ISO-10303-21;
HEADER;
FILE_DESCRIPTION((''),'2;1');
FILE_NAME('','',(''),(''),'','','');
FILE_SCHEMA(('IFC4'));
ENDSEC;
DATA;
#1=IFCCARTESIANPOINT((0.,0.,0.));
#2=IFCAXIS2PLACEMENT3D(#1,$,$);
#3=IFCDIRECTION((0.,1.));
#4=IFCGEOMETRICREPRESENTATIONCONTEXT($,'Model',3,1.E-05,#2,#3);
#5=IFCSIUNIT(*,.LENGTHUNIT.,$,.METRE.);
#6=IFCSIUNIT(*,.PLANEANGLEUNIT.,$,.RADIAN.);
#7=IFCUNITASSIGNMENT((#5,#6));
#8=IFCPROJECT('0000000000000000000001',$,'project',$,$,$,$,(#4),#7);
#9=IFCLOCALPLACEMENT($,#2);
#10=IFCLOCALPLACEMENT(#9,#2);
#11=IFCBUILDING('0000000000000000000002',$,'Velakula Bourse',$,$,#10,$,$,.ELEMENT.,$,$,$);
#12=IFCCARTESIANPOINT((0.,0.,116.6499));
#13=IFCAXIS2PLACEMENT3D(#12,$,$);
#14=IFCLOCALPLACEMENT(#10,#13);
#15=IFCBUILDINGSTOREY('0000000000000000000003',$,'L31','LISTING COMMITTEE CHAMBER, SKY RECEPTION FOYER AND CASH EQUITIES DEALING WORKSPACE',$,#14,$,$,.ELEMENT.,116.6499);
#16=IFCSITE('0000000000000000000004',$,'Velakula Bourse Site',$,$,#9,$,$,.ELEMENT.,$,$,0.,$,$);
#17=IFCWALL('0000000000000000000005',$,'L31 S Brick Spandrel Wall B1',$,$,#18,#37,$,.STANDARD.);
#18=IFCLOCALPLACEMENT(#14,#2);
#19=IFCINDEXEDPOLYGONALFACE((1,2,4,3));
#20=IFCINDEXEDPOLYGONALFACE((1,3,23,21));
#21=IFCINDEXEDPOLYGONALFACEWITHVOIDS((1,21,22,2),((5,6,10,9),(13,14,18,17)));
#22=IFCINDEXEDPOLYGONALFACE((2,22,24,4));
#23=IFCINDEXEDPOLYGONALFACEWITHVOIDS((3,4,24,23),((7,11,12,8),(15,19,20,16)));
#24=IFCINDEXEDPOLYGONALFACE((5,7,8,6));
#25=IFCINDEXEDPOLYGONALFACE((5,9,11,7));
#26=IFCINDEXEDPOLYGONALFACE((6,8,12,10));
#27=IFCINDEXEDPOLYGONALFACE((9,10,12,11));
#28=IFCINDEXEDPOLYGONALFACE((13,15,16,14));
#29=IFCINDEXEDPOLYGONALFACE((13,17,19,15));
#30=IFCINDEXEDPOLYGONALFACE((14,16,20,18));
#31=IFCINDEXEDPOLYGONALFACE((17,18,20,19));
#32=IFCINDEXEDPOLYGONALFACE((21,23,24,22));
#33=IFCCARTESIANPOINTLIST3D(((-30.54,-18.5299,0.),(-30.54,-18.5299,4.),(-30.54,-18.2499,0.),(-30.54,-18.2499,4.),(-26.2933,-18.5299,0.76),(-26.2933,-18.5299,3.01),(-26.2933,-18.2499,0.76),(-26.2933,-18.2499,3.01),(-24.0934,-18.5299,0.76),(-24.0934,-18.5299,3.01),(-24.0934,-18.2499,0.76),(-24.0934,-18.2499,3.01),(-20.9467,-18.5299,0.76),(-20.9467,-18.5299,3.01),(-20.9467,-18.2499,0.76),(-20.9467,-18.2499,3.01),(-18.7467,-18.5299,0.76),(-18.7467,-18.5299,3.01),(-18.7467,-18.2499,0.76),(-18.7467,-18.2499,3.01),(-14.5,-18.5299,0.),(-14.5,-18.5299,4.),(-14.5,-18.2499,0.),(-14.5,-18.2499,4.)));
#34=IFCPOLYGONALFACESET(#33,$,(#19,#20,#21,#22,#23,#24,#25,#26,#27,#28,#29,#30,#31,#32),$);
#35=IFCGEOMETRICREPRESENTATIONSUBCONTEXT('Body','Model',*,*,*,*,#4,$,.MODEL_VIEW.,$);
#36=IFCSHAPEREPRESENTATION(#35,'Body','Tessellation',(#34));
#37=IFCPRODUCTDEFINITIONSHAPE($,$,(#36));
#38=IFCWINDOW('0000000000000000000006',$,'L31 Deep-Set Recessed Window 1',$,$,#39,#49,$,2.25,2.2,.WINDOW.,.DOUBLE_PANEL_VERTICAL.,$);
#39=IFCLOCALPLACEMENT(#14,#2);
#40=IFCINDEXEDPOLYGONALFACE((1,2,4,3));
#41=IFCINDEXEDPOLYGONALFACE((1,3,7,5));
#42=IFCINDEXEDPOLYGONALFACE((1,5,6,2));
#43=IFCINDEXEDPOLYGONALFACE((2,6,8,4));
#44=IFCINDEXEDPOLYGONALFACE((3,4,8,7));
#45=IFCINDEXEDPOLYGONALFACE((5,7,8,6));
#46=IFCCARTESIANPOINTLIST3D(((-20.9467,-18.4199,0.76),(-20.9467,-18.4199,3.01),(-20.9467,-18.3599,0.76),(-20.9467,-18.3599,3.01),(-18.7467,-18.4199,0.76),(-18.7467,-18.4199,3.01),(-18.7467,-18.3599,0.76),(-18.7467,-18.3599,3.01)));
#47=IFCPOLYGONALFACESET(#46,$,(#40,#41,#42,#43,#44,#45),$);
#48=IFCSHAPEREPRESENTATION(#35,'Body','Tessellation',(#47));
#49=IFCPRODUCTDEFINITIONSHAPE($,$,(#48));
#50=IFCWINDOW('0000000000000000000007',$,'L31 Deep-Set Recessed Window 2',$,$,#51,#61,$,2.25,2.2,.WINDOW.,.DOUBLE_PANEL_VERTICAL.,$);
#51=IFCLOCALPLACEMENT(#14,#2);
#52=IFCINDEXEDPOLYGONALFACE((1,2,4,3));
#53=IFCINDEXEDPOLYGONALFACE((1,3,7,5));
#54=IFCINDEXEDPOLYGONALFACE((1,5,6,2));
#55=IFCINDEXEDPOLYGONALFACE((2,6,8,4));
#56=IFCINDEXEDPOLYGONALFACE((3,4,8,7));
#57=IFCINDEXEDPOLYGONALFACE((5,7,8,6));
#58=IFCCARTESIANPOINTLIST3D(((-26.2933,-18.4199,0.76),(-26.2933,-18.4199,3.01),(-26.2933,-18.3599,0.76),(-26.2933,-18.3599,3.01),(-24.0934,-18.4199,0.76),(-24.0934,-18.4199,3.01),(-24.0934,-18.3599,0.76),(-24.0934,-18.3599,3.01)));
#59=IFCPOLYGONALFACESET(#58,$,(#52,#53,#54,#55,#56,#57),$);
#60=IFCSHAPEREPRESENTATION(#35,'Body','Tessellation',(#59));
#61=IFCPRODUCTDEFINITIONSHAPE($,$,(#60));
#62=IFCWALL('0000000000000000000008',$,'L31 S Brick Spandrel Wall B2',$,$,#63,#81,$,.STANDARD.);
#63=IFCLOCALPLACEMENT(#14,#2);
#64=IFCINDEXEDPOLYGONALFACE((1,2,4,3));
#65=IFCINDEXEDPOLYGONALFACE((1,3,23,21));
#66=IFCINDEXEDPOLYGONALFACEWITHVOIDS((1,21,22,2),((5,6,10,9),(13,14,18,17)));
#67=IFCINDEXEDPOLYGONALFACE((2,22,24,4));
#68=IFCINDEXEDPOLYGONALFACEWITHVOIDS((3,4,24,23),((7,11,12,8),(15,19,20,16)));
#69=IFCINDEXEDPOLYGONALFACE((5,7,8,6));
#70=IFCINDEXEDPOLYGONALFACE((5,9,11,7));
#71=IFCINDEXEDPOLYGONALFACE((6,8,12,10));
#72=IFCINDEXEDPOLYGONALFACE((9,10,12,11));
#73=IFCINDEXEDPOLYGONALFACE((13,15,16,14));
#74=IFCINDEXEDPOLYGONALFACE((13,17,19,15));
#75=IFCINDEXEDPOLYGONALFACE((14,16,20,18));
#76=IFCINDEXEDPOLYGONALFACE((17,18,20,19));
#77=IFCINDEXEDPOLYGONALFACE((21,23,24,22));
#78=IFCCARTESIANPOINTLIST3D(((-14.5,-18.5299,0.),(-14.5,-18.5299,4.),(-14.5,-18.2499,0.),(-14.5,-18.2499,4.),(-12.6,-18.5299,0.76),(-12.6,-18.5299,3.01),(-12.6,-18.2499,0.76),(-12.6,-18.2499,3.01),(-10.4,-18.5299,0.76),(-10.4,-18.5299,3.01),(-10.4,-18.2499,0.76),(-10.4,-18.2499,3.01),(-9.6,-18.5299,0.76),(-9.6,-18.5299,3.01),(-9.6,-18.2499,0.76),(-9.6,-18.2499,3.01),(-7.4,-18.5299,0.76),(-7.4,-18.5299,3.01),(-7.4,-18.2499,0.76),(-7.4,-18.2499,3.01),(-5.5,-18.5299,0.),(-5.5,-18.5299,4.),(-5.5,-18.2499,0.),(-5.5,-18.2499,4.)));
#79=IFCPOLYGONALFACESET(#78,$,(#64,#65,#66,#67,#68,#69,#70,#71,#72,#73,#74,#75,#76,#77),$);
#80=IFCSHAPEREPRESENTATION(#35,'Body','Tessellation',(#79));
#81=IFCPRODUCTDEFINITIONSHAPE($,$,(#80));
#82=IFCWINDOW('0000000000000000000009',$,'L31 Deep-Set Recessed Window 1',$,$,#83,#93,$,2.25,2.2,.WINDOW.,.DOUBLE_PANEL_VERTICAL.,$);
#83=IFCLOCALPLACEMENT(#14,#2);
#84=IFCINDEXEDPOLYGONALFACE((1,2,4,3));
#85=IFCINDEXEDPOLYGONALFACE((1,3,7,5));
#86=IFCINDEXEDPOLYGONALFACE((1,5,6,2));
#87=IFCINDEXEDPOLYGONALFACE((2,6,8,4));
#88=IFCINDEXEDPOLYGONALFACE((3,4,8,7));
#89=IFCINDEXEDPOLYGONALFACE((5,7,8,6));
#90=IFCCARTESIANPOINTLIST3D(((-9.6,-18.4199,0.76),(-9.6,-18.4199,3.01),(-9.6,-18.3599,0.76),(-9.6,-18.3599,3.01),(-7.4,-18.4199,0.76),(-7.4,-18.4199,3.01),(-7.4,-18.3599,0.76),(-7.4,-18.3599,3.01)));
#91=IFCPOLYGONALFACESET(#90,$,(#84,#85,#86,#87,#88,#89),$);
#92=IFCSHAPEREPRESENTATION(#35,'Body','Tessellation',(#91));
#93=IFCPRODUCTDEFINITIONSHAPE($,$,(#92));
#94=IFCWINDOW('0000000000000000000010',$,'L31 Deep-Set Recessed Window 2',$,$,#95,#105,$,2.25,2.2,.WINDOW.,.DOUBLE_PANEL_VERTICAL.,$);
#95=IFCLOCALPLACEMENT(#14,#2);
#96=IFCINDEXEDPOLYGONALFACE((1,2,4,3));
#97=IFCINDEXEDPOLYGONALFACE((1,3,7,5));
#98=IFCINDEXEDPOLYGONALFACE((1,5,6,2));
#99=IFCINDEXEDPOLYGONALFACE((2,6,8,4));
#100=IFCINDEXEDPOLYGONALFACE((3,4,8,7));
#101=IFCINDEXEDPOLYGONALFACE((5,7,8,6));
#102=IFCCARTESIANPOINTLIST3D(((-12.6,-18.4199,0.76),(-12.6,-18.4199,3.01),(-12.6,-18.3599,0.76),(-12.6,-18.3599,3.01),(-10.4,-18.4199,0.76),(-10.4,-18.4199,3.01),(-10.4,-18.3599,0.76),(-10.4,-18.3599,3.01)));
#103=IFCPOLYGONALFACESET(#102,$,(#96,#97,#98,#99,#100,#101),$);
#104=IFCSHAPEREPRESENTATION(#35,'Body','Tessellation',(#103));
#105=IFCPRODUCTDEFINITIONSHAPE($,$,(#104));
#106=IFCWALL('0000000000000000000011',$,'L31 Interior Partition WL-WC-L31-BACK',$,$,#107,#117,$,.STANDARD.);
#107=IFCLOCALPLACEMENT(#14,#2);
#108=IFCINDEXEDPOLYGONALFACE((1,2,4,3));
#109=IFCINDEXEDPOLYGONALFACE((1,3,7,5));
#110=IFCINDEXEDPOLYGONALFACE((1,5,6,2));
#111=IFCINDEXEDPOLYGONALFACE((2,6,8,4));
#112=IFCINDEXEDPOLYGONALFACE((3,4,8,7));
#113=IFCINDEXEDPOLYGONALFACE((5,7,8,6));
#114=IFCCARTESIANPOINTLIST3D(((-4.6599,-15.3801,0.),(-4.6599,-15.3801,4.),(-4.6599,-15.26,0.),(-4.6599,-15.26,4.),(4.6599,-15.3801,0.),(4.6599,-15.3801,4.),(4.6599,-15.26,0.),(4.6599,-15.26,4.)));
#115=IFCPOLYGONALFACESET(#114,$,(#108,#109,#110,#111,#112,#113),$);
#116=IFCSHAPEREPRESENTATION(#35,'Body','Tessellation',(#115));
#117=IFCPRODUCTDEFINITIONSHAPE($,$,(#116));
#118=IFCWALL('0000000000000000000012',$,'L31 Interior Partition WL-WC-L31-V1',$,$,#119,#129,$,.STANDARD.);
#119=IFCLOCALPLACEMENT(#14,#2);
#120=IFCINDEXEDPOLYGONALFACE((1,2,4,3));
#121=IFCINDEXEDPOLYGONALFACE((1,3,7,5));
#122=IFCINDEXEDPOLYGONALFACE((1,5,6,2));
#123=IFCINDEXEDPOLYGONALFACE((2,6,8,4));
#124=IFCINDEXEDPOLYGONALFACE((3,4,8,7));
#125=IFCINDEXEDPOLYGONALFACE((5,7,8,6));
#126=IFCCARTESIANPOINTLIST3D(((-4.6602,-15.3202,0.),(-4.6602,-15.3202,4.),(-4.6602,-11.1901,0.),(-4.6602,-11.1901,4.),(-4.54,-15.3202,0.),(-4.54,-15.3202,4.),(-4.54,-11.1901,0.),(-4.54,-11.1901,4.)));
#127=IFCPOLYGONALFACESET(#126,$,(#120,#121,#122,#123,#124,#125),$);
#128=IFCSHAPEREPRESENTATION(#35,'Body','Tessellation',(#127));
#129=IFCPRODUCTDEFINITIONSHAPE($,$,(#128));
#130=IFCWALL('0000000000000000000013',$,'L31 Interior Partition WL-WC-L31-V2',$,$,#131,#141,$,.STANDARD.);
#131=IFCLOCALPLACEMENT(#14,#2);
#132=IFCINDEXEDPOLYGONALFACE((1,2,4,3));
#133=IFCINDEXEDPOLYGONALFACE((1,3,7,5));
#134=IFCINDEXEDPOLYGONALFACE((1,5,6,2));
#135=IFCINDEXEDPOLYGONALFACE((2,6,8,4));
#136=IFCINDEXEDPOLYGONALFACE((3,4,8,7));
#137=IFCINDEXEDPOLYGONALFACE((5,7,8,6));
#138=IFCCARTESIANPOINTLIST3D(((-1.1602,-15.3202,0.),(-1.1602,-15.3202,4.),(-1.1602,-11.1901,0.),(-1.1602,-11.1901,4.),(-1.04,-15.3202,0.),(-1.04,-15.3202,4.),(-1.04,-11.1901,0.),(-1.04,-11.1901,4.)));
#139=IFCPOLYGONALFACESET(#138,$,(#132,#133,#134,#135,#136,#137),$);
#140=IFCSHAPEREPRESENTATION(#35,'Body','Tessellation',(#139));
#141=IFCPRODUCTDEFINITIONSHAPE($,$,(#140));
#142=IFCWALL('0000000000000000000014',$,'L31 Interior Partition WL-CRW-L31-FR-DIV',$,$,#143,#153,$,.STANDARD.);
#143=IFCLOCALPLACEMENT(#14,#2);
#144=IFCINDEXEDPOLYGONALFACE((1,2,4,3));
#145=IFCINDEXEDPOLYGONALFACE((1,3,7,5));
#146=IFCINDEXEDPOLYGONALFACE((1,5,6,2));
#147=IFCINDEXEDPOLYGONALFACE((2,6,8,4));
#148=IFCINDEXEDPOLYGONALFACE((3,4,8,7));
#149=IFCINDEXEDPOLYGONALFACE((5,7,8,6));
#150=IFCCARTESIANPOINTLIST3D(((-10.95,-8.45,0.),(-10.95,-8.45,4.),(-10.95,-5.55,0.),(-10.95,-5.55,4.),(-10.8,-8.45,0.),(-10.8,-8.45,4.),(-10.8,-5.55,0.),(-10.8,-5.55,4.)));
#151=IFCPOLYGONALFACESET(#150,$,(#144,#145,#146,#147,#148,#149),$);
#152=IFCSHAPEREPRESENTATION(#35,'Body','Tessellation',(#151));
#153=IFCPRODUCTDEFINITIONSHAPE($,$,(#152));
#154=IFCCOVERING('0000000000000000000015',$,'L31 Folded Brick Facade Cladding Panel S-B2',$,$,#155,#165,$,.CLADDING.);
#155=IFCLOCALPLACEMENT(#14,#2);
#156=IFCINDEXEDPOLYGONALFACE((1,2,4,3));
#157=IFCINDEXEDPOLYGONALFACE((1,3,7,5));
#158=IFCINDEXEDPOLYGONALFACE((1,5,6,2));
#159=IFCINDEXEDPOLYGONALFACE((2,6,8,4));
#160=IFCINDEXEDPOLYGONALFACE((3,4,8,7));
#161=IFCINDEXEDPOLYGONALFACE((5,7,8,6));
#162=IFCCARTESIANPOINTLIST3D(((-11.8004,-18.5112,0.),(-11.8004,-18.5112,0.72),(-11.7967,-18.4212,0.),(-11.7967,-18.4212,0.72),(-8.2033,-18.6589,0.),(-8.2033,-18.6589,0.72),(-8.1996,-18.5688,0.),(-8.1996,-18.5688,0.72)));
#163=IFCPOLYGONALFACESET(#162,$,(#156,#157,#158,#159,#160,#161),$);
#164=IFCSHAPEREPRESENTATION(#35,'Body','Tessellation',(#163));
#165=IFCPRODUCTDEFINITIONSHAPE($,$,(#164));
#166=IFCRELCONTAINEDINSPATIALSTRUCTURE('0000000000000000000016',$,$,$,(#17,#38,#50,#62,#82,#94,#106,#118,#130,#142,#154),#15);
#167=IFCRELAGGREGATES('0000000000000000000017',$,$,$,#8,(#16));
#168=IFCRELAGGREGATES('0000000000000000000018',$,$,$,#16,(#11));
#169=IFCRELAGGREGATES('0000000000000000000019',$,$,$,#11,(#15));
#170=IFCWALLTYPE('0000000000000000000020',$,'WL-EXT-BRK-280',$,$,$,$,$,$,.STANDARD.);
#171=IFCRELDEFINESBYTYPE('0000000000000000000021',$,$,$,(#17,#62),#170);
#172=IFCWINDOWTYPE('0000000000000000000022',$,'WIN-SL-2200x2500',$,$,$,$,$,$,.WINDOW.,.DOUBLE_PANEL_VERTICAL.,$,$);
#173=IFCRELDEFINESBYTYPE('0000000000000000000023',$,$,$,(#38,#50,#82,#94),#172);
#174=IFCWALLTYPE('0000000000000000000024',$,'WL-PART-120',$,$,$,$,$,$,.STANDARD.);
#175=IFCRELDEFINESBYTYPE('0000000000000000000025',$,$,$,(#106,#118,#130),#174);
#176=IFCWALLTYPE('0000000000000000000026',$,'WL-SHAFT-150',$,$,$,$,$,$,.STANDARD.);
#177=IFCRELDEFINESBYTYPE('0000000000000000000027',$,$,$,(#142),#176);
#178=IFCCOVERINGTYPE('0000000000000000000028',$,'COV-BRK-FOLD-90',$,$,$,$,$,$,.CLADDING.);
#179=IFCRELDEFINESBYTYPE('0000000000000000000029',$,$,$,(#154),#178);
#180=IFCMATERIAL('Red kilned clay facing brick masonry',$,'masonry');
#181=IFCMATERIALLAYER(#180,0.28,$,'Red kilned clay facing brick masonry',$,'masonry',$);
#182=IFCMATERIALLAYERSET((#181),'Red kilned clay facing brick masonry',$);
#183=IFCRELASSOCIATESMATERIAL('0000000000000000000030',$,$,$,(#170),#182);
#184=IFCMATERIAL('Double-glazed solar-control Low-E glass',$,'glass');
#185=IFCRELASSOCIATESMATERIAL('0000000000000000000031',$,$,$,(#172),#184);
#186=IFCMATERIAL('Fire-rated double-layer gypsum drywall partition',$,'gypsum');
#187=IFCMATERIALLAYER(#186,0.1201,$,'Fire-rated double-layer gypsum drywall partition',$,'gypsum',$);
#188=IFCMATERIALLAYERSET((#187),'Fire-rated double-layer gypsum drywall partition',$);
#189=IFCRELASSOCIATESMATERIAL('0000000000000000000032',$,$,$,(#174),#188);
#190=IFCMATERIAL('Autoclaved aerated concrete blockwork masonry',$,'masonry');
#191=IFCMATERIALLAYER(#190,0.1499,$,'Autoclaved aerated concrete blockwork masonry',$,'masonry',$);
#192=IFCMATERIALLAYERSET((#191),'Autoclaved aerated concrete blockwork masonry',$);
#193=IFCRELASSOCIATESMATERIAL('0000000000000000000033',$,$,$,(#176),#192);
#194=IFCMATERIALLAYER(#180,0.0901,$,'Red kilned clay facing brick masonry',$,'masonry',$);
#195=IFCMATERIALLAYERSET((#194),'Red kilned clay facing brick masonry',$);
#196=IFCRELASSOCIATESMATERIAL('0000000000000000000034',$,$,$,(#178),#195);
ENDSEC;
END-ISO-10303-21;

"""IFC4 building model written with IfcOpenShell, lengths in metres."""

from ifc_helpers import new_model, si_unit, direction, frame, frame_2d, origin, origin_2d, place, context, subcontext, project, spatial, rectangle, extrude, material, layer, layer_set, type_object, element, fill, save


model = new_model("IFC4")

# Units and contexts
model_context = context("Model", 3, precision=1e-05, world=origin(), true_north=direction((0.0, 1.0)))
body_context = subcontext(model_context, "Body", "Model", "MODEL_VIEW")
ifc_project = project(units=[si_unit("LENGTHUNIT", "METRE"), si_unit("PLANEANGLEUNIT", "RADIAN")], contexts=[model_context])

# Site, building, storey
site_placement = place(None, origin())
site = spatial("IfcSite", under=ifc_project, at=site_placement, Name="Velakula Bourse Site", CompositionType="ELEMENT", RefElevation=0.0)
building_placement = place(site_placement, origin())
building = spatial("IfcBuilding", under=site, at=building_placement, Name="Velakula Bourse", CompositionType="ELEMENT")
storey_placement = place(building_placement, frame((0.0, 0.0, 116.6499)))
storey = spatial("IfcBuildingStorey", under=building, at=storey_placement, Name="L31", Description="LISTING COMMITTEE CHAMBER, SKY RECEPTION FOYER AND CASH EQUITIES DEALING WORKSPACE", CompositionType="ELEMENT", Elevation=116.6499)

# Walls, openings, windows
ifc_material_1 = material(Name="Red kilned clay facing brick masonry", Category="masonry")
ifc_layer_1 = layer(ifc_material_1, 0.28, Name="Red kilned clay facing brick masonry", Category="masonry")
ifc_layer_set_1 = layer_set([ifc_layer_1], Name="Red kilned clay facing brick masonry")
wall_type_1 = type_object("IfcWallType", Name="WL-EXT-BRK-280", PredefinedType="STANDARD", material=ifc_layer_set_1)
wall_1_placement = place(storey_placement, frame((-14.5, -18.3899, 0.0), z_axis=(0.0, 0.0, 1.0), x_axis=(-1.0, 0.0, 0.0)))
wall_1 = element("IfcWall", 1, at=wall_1_placement, inside=storey, type_object=wall_type_1, Name="L31 S Brick Spandrel Wall B1", PredefinedType="STANDARD", context=body_context, shape_type="SweptSolid", body=[
    extrude(rectangle(XDim=16.04, YDim=0.28, at=frame_2d((8.02, 0.0))), origin(), (0.0, 0.0, 1.0), 4.0),
])
opening_1_placement = place(wall_1_placement, frame((4.2466, 0.0, 0.76)))
opening_1 = element("IfcOpeningElement", 2, at=opening_1_placement, cuts=wall_1, PredefinedType="OPENING", context=body_context, shape_type="SweptSolid", body=[
    extrude(rectangle(XDim=2.2, YDim=2.25, at=frame_2d((1.1001, 1.125))), frame((0.0, 0.1499, 0.0), z_axis=(0.0, -1.0, 0.0), x_axis=(1.0, 0.0, 0.0)), (0.0, 0.0, 1.0), 0.3),
])
opening_2_placement = place(wall_1_placement, frame((9.5933, 0.0, 0.76)))
opening_2 = element("IfcOpeningElement", 3, at=opening_2_placement, cuts=wall_1, PredefinedType="OPENING", context=body_context, shape_type="SweptSolid", body=[
    extrude(rectangle(XDim=2.2, YDim=2.25, at=frame_2d((1.1001, 1.125))), frame((0.0, 0.1499, 0.0), z_axis=(0.0, -1.0, 0.0), x_axis=(1.0, 0.0, 0.0)), (0.0, 0.0, 1.0), 0.3),
])
ifc_material_2 = material(Name="Double-glazed solar-control Low-E glass", Category="glass")
window_type = type_object("IfcWindowType", Name="WIN-SL-2200x2500", PartitioningType="DOUBLE_PANEL_VERTICAL", PredefinedType="WINDOW", material=ifc_material_2)
window_1_placement = place(opening_1_placement, origin())
window_1 = element("IfcWindow", 4, at=window_1_placement, inside=storey, type_object=window_type, Name="L31 Deep-Set Recessed Window 1", OverallHeight=2.25, OverallWidth=2.2, PartitioningType="DOUBLE_PANEL_VERTICAL", PredefinedType="WINDOW", context=body_context, shape_type="SweptSolid", body=[
    extrude(rectangle(XDim=2.2, YDim=2.25, at=frame_2d((1.1001, 1.125))), frame((0.0, 0.03, 0.0), z_axis=(0.0, -1.0, 0.0), x_axis=(1.0, 0.0, 0.0)), (0.0, 0.0, 1.0), 0.0601),
])
fill(opening_1, window_1)
window_2_placement = place(opening_2_placement, origin())
window_2 = element("IfcWindow", 5, at=window_2_placement, inside=storey, type_object=window_type, Name="L31 Deep-Set Recessed Window 2", OverallHeight=2.25, OverallWidth=2.2, PartitioningType="DOUBLE_PANEL_VERTICAL", PredefinedType="WINDOW", context=body_context, shape_type="SweptSolid", body=[
    extrude(rectangle(XDim=2.2, YDim=2.25, at=frame_2d((1.1001, 1.125))), frame((0.0, 0.03, 0.0), z_axis=(0.0, -1.0, 0.0), x_axis=(1.0, 0.0, 0.0)), (0.0, 0.0, 1.0), 0.0601),
])
fill(opening_2, window_2)
wall_2_placement = place(storey_placement, frame((-5.5, -18.3899, 0.0), z_axis=(0.0, 0.0, 1.0), x_axis=(-1.0, 0.0, 0.0)))
wall_2 = element("IfcWall", 6, at=wall_2_placement, inside=storey, type_object=wall_type_1, Name="L31 S Brick Spandrel Wall B2", PredefinedType="STANDARD", context=body_context, shape_type="SweptSolid", body=[
    extrude(rectangle(XDim=9.0, YDim=0.28, at=frame_2d((4.5, 0.0))), origin(), (0.0, 0.0, 1.0), 4.0),
])
opening_3_placement = place(wall_2_placement, frame((1.8999, 0.0, 0.76)))
opening_3 = element("IfcOpeningElement", 7, at=opening_3_placement, cuts=wall_2, PredefinedType="OPENING", context=body_context, shape_type="SweptSolid", body=[
    extrude(rectangle(XDim=2.2, YDim=2.25, at=frame_2d((1.1001, 1.125))), frame((0.0, 0.1499, 0.0), z_axis=(0.0, -1.0, 0.0), x_axis=(1.0, 0.0, 0.0)), (0.0, 0.0, 1.0), 0.3),
])
opening_4_placement = place(wall_2_placement, frame((4.8999, 0.0, 0.76)))
opening_4 = element("IfcOpeningElement", 8, at=opening_4_placement, cuts=wall_2, PredefinedType="OPENING", context=body_context, shape_type="SweptSolid", body=[
    extrude(rectangle(XDim=2.2, YDim=2.25, at=frame_2d((1.1001, 1.125))), frame((0.0, 0.1499, 0.0), z_axis=(0.0, -1.0, 0.0), x_axis=(1.0, 0.0, 0.0)), (0.0, 0.0, 1.0), 0.3),
])
window_3_placement = place(opening_3_placement, origin())
window_3 = element("IfcWindow", 9, at=window_3_placement, inside=storey, type_object=window_type, Name="L31 Deep-Set Recessed Window 1", OverallHeight=2.25, OverallWidth=2.2, PartitioningType="DOUBLE_PANEL_VERTICAL", PredefinedType="WINDOW", context=body_context, shape_type="SweptSolid", body=[
    extrude(rectangle(XDim=2.2, YDim=2.25, at=frame_2d((1.1001, 1.125))), frame((0.0, 0.03, 0.0), z_axis=(0.0, -1.0, 0.0), x_axis=(1.0, 0.0, 0.0)), (0.0, 0.0, 1.0), 0.0601),
])
fill(opening_3, window_3)
window_4_placement = place(opening_4_placement, origin())
window_4 = element("IfcWindow", 10, at=window_4_placement, inside=storey, type_object=window_type, Name="L31 Deep-Set Recessed Window 2", OverallHeight=2.25, OverallWidth=2.2, PartitioningType="DOUBLE_PANEL_VERTICAL", PredefinedType="WINDOW", context=body_context, shape_type="SweptSolid", body=[
    extrude(rectangle(XDim=2.2, YDim=2.25, at=frame_2d((1.1001, 1.125))), frame((0.0, 0.03, 0.0), z_axis=(0.0, -1.0, 0.0), x_axis=(1.0, 0.0, 0.0)), (0.0, 0.0, 1.0), 0.0601),
])
fill(opening_4, window_4)

# Walls
ifc_material_3 = material(Name="Fire-rated double-layer gypsum drywall partition", Category="gypsum")
ifc_layer_2 = layer(ifc_material_3, 0.1201, Name="Fire-rated double-layer gypsum drywall partition", Category="gypsum")
ifc_layer_set_2 = layer_set([ifc_layer_2], Name="Fire-rated double-layer gypsum drywall partition")
wall_type_2 = type_object("IfcWallType", Name="WL-PART-120", PredefinedType="STANDARD", material=ifc_layer_set_2)
wall_3_placement = place(storey_placement, frame((-4.6599, -15.3201, 0.0), z_axis=(0.0, 0.0, 1.0), x_axis=(1.0, 0.0, 0.0)))
element("IfcWall", 11, at=wall_3_placement, inside=storey, type_object=wall_type_2, Name="L31 Interior Partition WL-WC-L31-BACK", PredefinedType="STANDARD", context=body_context, shape_type="SweptSolid", body=[
    extrude(rectangle(XDim=9.3198, YDim=0.1201, at=frame_2d((4.6599, 0.0))), origin(), (0.0, 0.0, 1.0), 4.0),
])
for number, where, z_axis, x_axis, name in (
    (12, (-4.6001, -15.3201, 0.0), (0.0, 0.0, 1.0), (0.0, 1.0, 0.0), "L31 Interior Partition WL-WC-L31-V1"),
    (13, (-1.1001, -15.3201, 0.0), (0.0, 0.0, 1.0), (0.0, 1.0, 0.0), "L31 Interior Partition WL-WC-L31-V2"),
):
    element("IfcWall", number, at=place(storey_placement, frame(where, z_axis=z_axis, x_axis=x_axis)), inside=storey, type_object=wall_type_2, Name=name, PredefinedType="STANDARD", context=body_context, shape_type="SweptSolid", body=[
        extrude(rectangle(XDim=4.1301, YDim=0.1201, at=frame_2d((2.0649, 0.0))), origin(), (0.0, 0.0, 1.0), 4.0),
    ])
ifc_material_4 = material(Name="Autoclaved aerated concrete blockwork masonry", Category="masonry")
ifc_layer_3 = layer(ifc_material_4, 0.1499, Name="Autoclaved aerated concrete blockwork masonry", Category="masonry")
ifc_layer_set_3 = layer_set([ifc_layer_3], Name="Autoclaved aerated concrete blockwork masonry")
wall_type_3 = type_object("IfcWallType", Name="WL-SHAFT-150", PredefinedType="STANDARD", material=ifc_layer_set_3)
wall_4_placement = place(storey_placement, frame((-10.875, -8.45, 0.0), z_axis=(0.0, 0.0, 1.0), x_axis=(0.0, 1.0, 0.0)))
element("IfcWall", 14, at=wall_4_placement, inside=storey, type_object=wall_type_3, Name="L31 Interior Partition WL-CRW-L31-FR-DIV", PredefinedType="STANDARD", context=body_context, shape_type="SweptSolid", body=[
    extrude(rectangle(XDim=2.8999, YDim=0.1499, at=frame_2d((1.45, 0.0))), origin(), (0.0, 0.0, 1.0), 4.0),
])

# Covering
ifc_layer_4 = layer(ifc_material_1, 0.0901, Name="Red kilned clay facing brick masonry", Category="masonry")
ifc_layer_set_4 = layer_set([ifc_layer_4], Name="Red kilned clay facing brick masonry")
covering_type = type_object("IfcCoveringType", Name="COV-BRK-FOLD-90", PredefinedType="CLADDING", material=ifc_layer_set_4)
covering_placement = place(storey_placement, frame((-10.0, -18.54, 0.0), z_axis=(0.0, 0.0, 1.0), x_axis=(0.999159, -0.041004, 0.0)))
element("IfcCovering", 15, at=covering_placement, inside=storey, type_object=covering_type, Name="L31 Folded Brick Facade Cladding Panel S-B2", PredefinedType="CLADDING", context=body_context, shape_type="SweptSolid", body=[
    extrude(rectangle(XDim=3.6001, YDim=0.0901, at=origin_2d()), origin(), (0.0, 0.0, 1.0), 0.72),
])

save(model, "model.ifc")
